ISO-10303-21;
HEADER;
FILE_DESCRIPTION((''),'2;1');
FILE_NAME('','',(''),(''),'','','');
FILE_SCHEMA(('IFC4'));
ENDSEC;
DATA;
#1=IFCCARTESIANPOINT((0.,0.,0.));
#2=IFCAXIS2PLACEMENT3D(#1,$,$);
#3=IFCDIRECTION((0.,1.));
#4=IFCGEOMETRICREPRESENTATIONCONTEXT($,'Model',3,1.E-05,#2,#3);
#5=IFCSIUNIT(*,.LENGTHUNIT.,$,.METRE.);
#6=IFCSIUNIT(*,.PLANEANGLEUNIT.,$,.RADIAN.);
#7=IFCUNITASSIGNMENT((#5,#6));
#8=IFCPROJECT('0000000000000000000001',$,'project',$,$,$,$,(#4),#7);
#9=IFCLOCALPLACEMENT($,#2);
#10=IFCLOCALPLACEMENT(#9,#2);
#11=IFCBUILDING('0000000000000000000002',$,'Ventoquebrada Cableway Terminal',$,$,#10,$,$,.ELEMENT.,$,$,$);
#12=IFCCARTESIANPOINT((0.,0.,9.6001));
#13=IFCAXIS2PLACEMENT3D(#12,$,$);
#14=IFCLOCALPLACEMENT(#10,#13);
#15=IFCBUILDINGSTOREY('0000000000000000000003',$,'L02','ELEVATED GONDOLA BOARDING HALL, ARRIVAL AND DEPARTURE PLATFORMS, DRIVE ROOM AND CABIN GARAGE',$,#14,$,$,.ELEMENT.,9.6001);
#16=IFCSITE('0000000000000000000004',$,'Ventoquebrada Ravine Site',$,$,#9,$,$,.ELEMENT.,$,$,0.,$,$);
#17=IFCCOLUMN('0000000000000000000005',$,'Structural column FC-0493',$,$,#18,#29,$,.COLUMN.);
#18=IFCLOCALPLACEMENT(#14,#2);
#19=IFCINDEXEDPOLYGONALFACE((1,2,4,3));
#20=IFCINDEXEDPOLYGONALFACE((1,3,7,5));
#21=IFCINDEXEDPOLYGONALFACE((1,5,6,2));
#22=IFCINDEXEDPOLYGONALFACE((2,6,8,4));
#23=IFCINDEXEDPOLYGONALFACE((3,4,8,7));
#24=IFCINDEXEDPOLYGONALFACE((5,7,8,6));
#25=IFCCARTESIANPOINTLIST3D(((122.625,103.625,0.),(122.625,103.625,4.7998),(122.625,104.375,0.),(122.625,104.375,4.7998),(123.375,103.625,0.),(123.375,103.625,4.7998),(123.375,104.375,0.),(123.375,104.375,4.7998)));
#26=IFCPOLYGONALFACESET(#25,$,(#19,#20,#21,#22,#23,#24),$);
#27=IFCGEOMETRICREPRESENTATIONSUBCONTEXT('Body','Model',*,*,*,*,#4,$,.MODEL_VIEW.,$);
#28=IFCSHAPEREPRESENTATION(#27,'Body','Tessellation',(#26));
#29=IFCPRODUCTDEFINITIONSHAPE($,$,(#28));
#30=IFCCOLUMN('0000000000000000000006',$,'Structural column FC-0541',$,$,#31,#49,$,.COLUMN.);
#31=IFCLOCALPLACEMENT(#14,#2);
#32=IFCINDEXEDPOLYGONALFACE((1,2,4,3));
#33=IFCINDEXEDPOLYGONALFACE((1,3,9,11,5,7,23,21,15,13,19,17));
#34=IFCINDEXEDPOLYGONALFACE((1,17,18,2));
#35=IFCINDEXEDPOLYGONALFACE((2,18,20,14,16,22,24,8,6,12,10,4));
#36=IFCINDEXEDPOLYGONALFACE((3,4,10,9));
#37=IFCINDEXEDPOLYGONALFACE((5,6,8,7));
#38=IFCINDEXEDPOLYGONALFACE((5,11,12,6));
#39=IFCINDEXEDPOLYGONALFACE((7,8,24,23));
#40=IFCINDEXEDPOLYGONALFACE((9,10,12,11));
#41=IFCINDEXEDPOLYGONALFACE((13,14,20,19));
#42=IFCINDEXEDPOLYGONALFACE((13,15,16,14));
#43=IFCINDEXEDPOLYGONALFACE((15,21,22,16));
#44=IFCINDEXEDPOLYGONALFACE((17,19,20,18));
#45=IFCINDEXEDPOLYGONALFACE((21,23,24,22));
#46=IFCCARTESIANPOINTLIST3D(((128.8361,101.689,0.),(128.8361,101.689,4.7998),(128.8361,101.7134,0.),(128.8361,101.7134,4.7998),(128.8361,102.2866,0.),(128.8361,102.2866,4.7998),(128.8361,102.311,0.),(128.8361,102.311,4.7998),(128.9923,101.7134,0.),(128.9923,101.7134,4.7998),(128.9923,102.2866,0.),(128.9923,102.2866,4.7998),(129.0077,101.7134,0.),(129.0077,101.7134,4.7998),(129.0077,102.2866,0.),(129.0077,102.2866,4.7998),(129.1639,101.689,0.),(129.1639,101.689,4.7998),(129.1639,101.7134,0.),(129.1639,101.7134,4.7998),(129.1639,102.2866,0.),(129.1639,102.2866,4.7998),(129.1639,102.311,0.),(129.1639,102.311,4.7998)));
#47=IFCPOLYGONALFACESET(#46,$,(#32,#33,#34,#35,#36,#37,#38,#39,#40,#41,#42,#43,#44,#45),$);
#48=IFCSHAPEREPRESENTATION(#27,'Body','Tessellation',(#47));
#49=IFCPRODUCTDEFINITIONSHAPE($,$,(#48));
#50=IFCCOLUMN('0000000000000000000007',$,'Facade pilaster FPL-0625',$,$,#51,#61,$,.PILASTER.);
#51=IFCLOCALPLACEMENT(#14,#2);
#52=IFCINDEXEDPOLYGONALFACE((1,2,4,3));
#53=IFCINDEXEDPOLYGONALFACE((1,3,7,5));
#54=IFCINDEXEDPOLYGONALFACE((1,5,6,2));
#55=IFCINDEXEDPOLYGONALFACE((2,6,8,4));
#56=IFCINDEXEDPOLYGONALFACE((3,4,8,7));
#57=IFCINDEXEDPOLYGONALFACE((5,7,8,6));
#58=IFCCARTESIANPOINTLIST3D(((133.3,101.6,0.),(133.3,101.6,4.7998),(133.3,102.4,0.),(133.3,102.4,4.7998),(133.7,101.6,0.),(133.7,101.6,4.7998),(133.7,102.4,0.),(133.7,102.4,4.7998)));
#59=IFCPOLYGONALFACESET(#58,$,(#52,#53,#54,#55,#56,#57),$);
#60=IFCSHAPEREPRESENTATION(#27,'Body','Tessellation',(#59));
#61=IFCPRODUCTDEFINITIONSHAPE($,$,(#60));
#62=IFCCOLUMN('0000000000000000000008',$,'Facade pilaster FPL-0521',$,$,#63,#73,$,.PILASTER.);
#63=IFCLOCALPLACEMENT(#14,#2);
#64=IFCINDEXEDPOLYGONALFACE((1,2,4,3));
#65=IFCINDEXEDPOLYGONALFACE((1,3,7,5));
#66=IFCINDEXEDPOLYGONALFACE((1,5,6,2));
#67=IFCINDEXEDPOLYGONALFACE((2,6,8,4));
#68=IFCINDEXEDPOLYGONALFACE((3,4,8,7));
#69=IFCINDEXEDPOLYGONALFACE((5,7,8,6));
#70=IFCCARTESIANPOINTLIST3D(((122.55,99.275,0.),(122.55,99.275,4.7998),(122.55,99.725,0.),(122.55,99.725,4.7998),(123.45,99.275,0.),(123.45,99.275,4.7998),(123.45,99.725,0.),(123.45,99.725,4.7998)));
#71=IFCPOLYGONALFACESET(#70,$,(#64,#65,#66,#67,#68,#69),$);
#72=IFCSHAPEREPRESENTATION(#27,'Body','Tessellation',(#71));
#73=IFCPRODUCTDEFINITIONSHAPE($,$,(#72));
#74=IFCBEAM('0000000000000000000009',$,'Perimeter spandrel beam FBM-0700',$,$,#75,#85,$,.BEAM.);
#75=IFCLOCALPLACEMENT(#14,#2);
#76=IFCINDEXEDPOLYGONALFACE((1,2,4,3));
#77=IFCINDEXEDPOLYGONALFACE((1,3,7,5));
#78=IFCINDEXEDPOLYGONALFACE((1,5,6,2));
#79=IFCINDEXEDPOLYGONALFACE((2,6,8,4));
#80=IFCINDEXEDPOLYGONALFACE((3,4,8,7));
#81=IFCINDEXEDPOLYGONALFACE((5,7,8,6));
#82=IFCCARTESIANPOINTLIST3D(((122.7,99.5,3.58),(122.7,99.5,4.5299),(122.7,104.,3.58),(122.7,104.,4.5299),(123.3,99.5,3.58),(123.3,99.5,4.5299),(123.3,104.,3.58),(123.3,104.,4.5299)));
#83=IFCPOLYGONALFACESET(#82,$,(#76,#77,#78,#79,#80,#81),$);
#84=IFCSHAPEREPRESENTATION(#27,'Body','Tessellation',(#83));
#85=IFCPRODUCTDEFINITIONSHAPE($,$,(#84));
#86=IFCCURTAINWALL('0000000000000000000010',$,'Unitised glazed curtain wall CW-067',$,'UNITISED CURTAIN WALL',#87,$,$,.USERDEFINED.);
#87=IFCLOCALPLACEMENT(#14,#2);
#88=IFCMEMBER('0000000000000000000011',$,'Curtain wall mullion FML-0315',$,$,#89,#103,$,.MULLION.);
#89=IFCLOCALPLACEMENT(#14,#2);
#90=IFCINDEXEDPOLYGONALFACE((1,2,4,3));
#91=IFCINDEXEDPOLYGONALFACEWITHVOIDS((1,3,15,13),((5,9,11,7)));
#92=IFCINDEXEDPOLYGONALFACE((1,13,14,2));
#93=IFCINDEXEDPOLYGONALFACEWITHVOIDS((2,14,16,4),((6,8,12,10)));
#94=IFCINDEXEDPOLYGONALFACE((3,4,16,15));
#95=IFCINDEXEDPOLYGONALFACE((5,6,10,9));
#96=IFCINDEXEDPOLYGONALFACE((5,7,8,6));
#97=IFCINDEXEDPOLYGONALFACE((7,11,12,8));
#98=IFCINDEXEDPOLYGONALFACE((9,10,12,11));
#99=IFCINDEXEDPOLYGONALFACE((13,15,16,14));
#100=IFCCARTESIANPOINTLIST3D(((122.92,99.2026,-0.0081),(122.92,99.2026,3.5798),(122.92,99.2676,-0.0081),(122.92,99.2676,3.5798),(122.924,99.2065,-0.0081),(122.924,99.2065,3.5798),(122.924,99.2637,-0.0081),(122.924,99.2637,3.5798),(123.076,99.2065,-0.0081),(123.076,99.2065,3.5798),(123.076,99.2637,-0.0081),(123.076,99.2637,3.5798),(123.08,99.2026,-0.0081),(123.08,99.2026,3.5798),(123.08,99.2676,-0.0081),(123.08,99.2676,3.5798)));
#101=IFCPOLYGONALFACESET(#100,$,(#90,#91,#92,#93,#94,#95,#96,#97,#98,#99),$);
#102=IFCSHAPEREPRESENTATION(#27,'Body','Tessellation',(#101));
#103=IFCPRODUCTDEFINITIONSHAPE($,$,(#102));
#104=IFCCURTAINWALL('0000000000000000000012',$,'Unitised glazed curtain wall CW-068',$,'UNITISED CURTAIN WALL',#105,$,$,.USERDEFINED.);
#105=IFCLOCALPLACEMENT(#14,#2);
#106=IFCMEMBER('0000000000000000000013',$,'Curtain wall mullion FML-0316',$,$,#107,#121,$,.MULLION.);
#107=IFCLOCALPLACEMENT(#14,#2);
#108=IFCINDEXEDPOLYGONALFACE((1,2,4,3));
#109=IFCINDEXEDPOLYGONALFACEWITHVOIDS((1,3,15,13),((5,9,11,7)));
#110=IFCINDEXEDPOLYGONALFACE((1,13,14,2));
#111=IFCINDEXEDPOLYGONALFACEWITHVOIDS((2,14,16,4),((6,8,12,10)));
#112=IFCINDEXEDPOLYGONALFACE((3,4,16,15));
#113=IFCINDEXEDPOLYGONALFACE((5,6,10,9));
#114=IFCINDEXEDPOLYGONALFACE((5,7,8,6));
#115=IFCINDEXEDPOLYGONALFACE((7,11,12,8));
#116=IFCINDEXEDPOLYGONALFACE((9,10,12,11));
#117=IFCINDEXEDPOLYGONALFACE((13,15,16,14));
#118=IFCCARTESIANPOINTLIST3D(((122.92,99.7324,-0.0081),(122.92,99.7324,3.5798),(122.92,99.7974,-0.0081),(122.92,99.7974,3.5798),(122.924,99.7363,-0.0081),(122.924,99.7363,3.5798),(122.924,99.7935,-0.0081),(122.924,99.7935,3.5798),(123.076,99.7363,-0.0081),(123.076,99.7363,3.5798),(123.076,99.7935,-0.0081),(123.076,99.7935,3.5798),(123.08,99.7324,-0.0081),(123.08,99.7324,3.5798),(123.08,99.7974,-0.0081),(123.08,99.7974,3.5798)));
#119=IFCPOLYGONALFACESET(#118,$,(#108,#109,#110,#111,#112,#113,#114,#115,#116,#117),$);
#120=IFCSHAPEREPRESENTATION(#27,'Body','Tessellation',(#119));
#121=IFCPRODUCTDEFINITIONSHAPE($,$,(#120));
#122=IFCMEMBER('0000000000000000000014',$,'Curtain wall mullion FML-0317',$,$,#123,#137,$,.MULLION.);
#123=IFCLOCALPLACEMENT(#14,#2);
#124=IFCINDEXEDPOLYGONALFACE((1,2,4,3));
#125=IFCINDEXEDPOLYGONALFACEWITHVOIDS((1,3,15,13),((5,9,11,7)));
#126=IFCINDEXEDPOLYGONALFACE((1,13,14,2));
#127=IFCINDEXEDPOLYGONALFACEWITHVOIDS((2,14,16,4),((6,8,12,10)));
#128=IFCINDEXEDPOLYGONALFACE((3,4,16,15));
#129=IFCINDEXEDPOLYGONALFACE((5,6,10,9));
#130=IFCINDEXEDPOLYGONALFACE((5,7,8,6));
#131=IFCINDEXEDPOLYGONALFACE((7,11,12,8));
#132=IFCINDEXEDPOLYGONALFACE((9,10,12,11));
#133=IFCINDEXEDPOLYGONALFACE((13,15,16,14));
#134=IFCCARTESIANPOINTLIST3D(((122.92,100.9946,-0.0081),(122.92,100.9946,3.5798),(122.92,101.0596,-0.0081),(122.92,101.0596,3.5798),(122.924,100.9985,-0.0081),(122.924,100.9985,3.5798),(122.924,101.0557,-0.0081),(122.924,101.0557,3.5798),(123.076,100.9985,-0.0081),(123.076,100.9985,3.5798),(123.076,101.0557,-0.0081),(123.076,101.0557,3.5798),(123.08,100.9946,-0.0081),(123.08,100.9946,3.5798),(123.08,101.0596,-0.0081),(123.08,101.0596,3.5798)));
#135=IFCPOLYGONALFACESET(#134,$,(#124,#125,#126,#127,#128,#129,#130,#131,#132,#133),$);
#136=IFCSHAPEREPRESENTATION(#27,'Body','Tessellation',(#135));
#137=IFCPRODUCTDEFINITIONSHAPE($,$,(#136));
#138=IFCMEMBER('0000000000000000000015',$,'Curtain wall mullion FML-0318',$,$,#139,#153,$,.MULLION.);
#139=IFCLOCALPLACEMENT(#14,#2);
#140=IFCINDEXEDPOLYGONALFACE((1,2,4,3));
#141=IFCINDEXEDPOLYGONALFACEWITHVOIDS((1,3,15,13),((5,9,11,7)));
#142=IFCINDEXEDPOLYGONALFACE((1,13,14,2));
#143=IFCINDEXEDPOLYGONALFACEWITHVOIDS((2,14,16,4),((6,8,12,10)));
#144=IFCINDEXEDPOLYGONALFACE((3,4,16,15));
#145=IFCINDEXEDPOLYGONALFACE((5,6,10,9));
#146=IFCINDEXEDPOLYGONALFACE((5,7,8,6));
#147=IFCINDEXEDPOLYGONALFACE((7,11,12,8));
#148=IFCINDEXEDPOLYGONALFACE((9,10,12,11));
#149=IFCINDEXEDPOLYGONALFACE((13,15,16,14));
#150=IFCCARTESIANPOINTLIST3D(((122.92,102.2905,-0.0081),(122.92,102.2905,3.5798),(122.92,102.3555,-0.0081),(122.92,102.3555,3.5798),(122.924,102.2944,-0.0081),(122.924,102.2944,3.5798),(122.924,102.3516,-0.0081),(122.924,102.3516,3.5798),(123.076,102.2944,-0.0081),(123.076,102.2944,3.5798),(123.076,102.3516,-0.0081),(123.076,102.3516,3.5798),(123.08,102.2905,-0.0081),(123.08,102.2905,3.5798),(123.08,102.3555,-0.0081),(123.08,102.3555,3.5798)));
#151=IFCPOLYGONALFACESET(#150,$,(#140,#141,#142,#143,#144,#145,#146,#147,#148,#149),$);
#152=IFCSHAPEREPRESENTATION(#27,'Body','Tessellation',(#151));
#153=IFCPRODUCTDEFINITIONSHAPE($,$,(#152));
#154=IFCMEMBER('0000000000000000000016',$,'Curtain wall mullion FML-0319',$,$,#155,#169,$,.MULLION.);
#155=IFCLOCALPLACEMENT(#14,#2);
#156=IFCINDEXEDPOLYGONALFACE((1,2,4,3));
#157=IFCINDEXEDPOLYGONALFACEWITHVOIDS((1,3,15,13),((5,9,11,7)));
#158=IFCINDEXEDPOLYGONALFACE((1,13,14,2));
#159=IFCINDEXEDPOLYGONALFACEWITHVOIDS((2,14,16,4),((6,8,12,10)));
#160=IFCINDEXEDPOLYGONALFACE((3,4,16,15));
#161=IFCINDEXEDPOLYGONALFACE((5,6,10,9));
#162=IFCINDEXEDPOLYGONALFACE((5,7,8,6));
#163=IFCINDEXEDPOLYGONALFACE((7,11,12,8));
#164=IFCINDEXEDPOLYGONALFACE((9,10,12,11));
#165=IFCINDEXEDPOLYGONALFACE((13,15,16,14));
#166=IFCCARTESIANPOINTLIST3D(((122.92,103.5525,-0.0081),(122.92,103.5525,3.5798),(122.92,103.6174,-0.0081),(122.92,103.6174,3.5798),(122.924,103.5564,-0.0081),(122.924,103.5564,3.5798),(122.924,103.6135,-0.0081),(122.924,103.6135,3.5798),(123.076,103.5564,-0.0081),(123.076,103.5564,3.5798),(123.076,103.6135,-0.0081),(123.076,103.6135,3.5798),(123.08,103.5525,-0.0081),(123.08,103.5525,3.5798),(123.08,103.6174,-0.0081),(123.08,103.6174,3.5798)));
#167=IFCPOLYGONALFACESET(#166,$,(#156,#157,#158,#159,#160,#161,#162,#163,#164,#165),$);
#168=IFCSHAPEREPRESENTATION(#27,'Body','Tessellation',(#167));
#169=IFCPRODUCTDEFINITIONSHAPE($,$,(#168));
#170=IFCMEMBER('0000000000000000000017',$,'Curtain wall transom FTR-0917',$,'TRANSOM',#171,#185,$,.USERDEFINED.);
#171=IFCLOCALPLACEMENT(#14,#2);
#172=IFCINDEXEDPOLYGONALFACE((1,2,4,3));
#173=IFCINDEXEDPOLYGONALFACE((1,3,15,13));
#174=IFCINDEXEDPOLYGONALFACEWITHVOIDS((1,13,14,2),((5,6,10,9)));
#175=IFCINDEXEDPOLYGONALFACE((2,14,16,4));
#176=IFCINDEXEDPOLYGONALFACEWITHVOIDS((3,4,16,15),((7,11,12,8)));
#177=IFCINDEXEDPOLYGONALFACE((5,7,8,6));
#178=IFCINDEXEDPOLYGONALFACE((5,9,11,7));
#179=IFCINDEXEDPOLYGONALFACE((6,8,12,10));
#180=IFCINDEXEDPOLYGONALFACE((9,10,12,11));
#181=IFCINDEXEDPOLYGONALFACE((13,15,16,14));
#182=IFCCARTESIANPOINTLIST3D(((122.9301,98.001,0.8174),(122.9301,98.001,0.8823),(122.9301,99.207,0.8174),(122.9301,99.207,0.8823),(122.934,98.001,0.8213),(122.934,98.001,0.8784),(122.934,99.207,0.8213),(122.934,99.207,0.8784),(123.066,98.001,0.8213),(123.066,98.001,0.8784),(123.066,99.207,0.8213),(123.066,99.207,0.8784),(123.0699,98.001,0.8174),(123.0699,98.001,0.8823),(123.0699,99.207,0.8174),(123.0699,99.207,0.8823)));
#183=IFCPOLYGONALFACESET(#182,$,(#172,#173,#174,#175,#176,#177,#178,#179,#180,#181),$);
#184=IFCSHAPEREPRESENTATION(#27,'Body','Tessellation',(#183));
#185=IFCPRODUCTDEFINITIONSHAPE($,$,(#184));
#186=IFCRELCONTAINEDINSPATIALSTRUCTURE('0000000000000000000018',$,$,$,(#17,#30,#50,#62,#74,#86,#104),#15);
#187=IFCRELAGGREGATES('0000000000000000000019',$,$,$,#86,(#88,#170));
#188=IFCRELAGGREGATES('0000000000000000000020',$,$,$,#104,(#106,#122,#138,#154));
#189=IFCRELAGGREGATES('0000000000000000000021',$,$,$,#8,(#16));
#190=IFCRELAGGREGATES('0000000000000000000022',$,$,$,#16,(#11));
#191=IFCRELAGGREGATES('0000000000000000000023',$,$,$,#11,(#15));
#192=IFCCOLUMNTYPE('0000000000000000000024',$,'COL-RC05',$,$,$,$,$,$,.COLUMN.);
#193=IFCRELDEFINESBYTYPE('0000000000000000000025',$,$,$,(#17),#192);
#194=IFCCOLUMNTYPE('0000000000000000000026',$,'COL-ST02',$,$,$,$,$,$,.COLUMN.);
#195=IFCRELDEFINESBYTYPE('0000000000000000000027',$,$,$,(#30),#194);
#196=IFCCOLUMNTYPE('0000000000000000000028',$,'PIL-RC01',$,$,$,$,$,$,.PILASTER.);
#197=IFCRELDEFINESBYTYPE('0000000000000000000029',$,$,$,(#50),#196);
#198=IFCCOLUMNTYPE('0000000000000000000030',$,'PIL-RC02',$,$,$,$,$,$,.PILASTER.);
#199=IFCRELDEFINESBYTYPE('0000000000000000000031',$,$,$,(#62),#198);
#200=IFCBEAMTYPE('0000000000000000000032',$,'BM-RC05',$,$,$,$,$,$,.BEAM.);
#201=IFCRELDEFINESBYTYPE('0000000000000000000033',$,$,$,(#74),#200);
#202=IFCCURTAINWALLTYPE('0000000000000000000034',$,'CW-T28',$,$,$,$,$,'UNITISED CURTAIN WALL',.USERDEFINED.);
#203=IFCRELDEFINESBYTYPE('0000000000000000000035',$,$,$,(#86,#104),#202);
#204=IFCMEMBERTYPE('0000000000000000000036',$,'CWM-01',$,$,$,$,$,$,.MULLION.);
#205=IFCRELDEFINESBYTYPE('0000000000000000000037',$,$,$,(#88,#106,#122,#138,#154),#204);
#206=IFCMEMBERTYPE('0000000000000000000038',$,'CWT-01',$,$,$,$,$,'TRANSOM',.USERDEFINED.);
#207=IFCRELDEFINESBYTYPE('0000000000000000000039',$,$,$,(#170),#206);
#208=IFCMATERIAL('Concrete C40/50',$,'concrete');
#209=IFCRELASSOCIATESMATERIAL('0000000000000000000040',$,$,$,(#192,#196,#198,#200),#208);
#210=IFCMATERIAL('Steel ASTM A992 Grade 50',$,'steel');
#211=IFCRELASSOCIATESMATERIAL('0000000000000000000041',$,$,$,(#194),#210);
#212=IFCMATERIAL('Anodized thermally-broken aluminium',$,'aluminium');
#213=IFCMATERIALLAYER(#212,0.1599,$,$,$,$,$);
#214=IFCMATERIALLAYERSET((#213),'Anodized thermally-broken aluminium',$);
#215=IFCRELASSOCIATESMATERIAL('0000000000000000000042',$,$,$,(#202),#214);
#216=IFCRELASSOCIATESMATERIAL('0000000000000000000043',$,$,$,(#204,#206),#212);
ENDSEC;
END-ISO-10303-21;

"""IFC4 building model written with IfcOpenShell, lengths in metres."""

from ifc_helpers import new_model, si_unit, direction, frame, origin, origin_2d, place, context, subcontext, project, spatial, rectangle, hollow_rectangle, i_section, extrude, material, layer, layer_set, material_profile, profile_set, type_object, element, aggregate, save


model = new_model("IFC4")

# Units and contexts
model_context = context("Model", 3, precision=1e-05, world=origin(), true_north=direction((0.0, 1.0)))
body_context = subcontext(model_context, "Body", "Model", "MODEL_VIEW")
ifc_project = project(units=[si_unit("LENGTHUNIT", "METRE"), si_unit("PLANEANGLEUNIT", "RADIAN")], contexts=[model_context])

# Site, building, storey
site_placement = place(None, origin())
site = spatial("IfcSite", under=ifc_project, at=site_placement, Name="Ventoquebrada Ravine Site", CompositionType="ELEMENT", RefElevation=0.0)
building_placement = place(site_placement, origin())
building = spatial("IfcBuilding", under=site, at=building_placement, Name="Ventoquebrada Cableway Terminal", CompositionType="ELEMENT")
storey_placement = place(building_placement, frame((0.0, 0.0, 9.6001)))
storey = spatial("IfcBuildingStorey", under=building, at=storey_placement, Name="L02", Description="ELEVATED GONDOLA BOARDING HALL, ARRIVAL AND DEPARTURE PLATFORMS, DRIVE ROOM AND CABIN GARAGE", CompositionType="ELEMENT", Elevation=9.6001)

# Columns
ifc_material_1 = material(Name="Concrete C40/50", Category="concrete")
ifc_material_profile_1 = material_profile(ifc_material_1, rectangle(XDim=0.75, YDim=0.75, at=origin_2d()), Name="RC-COL-750X750")
ifc_profile_set_1 = profile_set([ifc_material_profile_1], Name="Concrete C40/50")
column_type_1 = type_object("IfcColumnType", Name="COL-RC05", PredefinedType="COLUMN", material=ifc_profile_set_1)
column_1_placement = place(storey_placement, frame((123.0, 104.0, 0.0), z_axis=(0.0, 0.0, 1.0), x_axis=(1.0, 0.0, 0.0)))
element("IfcColumn", 1, at=column_1_placement, inside=storey, type_object=column_type_1, Name="Structural column FC-0493", PredefinedType="COLUMN", context=body_context, shape_type="SweptSolid", body=[
    extrude(rectangle(XDim=0.75, YDim=0.75, at=origin_2d()), origin(), (0.0, 0.0, 1.0), 4.7998),
])
ifc_material_2 = material(Name="Steel ASTM A992 Grade 50", Category="steel")
ifc_material_profile_2 = material_profile(ifc_material_2, i_section(OverallWidth=0.3279, OverallDepth=0.6221, WebThickness=0.0154, FlangeThickness=0.0244, at=origin_2d()), Name="W24X131")
ifc_profile_set_2 = profile_set([ifc_material_profile_2], Name="Steel ASTM A992 Grade 50")
column_type_2 = type_object("IfcColumnType", Name="COL-ST02", PredefinedType="COLUMN", material=ifc_profile_set_2)
column_2_placement = place(storey_placement, frame((129.0, 102.0, 0.0), z_axis=(0.0, 0.0, 1.0), x_axis=(1.0, 0.0, 0.0)))
element("IfcColumn", 2, at=column_2_placement, inside=storey, type_object=column_type_2, Name="Structural column FC-0541", PredefinedType="COLUMN", context=body_context, shape_type="SweptSolid", body=[
    extrude(i_section(OverallWidth=0.3279, OverallDepth=0.6221, WebThickness=0.0154, FlangeThickness=0.0244, at=origin_2d()), origin(), (0.0, 0.0, 1.0), 4.7998),
])
ifc_material_profile_3 = material_profile(ifc_material_1, rectangle(XDim=0.3999, YDim=0.8, at=origin_2d()), Name="RC-PIL-400X800")
ifc_profile_set_3 = profile_set([ifc_material_profile_3], Name="Concrete C40/50")
column_type_3 = type_object("IfcColumnType", Name="PIL-RC01", PredefinedType="PILASTER", material=ifc_profile_set_3)
column_3_placement = place(storey_placement, frame((133.5, 102.0, 0.0), z_axis=(0.0, 0.0, 1.0), x_axis=(1.0, 0.0, 0.0)))
element("IfcColumn", 3, at=column_3_placement, inside=storey, type_object=column_type_3, Name="Facade pilaster FPL-0625", PredefinedType="PILASTER", context=body_context, shape_type="SweptSolid", body=[
    extrude(rectangle(XDim=0.3999, YDim=0.8, at=origin_2d()), origin(), (0.0, 0.0, 1.0), 4.7998),
])
ifc_material_profile_4 = material_profile(ifc_material_1, rectangle(XDim=0.45, YDim=0.8999, at=origin_2d()), Name="RC-PIL-450X900")
ifc_profile_set_4 = profile_set([ifc_material_profile_4], Name="Concrete C40/50")
column_type_4 = type_object("IfcColumnType", Name="PIL-RC02", PredefinedType="PILASTER", material=ifc_profile_set_4)
column_4_placement = place(storey_placement, frame((123.0, 99.5, 0.0), z_axis=(0.0, 0.0, 1.0), x_axis=(0.0, 1.0, 0.0)))
element("IfcColumn", 4, at=column_4_placement, inside=storey, type_object=column_type_4, Name="Facade pilaster FPL-0521", PredefinedType="PILASTER", context=body_context, shape_type="SweptSolid", body=[
    extrude(rectangle(XDim=0.45, YDim=0.8999, at=origin_2d()), origin(), (0.0, 0.0, 1.0), 4.7998),
])

# Beam
ifc_material_profile_5 = material_profile(ifc_material_1, rectangle(XDim=0.6001, YDim=0.95, at=origin_2d()), Name="RC-BM-600X950")
ifc_profile_set_5 = profile_set([ifc_material_profile_5], Name="Concrete C40/50")
beam_type_1 = type_object("IfcBeamType", Name="BM-RC05", PredefinedType="BEAM", material=ifc_profile_set_5)
beam_placement = place(storey_placement, frame((123.0, 99.5, 4.0549), z_axis=(0.0, 1.0, 0.0), x_axis=(-1.0, 0.0, 0.0)))
element("IfcBeam", 5, at=beam_placement, inside=storey, type_object=beam_type_1, Name="Perimeter spandrel beam FBM-0700", PredefinedType="BEAM", context=body_context, shape_type="SweptSolid", body=[
    extrude(rectangle(XDim=0.6001, YDim=0.95, at=origin_2d()), origin(), (0.0, 0.0, 1.0), 4.5),
])

# Curtain wall, member
ifc_material_3 = material(Name="Anodized thermally-broken aluminium", Category="aluminium")
ifc_layer_1 = layer(ifc_material_3, 0.1599)
ifc_layer_set_1 = layer_set([ifc_layer_1], Name="Anodized thermally-broken aluminium")
curtain_wall_type = type_object("IfcCurtainWallType", Name="CW-T28", ElementType="UNITISED CURTAIN WALL", PredefinedType="USERDEFINED", material=ifc_layer_set_1)
curtain_wall_1_placement = place(storey_placement, origin())
curtain_wall_1 = element("IfcCurtainWall", 6, at=curtain_wall_1_placement, inside=storey, type_object=curtain_wall_type, Name="Unitised glazed curtain wall CW-067", ObjectType="UNITISED CURTAIN WALL", PredefinedType="USERDEFINED")
ifc_material_profile_6 = material_profile(ifc_material_3, hollow_rectangle(XDim=0.0649, YDim=0.1599, WallThickness=0.0039, at=origin_2d()), Name="CW-MUL-65X160")
ifc_profile_set_6 = profile_set([ifc_material_profile_6], Name="Anodized thermally-broken aluminium")
member_type_1 = type_object("IfcMemberType", Name="CWM-01", PredefinedType="MULLION", material=ifc_profile_set_6)
member_1_placement = place(storey_placement, frame((123.0, 99.2351, -0.0081), z_axis=(0.0, 0.0, 1.0), x_axis=(0.0, 1.0, 0.0)))
member_1 = element("IfcMember", 7, at=member_1_placement, type_object=member_type_1, Name="Curtain wall mullion FML-0315", PredefinedType="MULLION", context=body_context, shape_type="SweptSolid", body=[
    extrude(hollow_rectangle(XDim=0.0649, YDim=0.1599, WallThickness=0.0039, at=origin_2d()), origin(), (0.0, 0.0, 1.0), 3.5879),
])

# Curtain wall, members
curtain_wall_2_placement = place(storey_placement, origin())
curtain_wall_2 = element("IfcCurtainWall", 8, at=curtain_wall_2_placement, inside=storey, type_object=curtain_wall_type, Name="Unitised glazed curtain wall CW-068", ObjectType="UNITISED CURTAIN WALL", PredefinedType="USERDEFINED")
member_2_placement = place(storey_placement, frame((123.0, 99.7649, -0.0081), z_axis=(0.0, 0.0, 1.0), x_axis=(0.0, 1.0, 0.0)))
member_2 = element("IfcMember", 9, at=member_2_placement, type_object=member_type_1, Name="Curtain wall mullion FML-0316", PredefinedType="MULLION", context=body_context, shape_type="SweptSolid", body=[
    extrude(hollow_rectangle(XDim=0.0649, YDim=0.1599, WallThickness=0.0039, at=origin_2d()), origin(), (0.0, 0.0, 1.0), 3.5879),
])
member_3_placement = place(storey_placement, frame((123.0, 101.0271, -0.0081), z_axis=(0.0, 0.0, 1.0), x_axis=(0.0, 1.0, 0.0)))
member_3 = element("IfcMember", 10, at=member_3_placement, type_object=member_type_1, Name="Curtain wall mullion FML-0317", PredefinedType="MULLION", context=body_context, shape_type="SweptSolid", body=[
    extrude(hollow_rectangle(XDim=0.0649, YDim=0.1599, WallThickness=0.0039, at=origin_2d()), origin(), (0.0, 0.0, 1.0), 3.5879),
])
member_4_placement = place(storey_placement, frame((123.0, 102.323, -0.0081), z_axis=(0.0, 0.0, 1.0), x_axis=(0.0, 1.0, 0.0)))
member_4 = element("IfcMember", 11, at=member_4_placement, type_object=member_type_1, Name="Curtain wall mullion FML-0318", PredefinedType="MULLION", context=body_context, shape_type="SweptSolid", body=[
    extrude(hollow_rectangle(XDim=0.0649, YDim=0.1599, WallThickness=0.0039, at=origin_2d()), origin(), (0.0, 0.0, 1.0), 3.5879),
])
member_5_placement = place(storey_placement, frame((123.0, 103.585, -0.0081), z_axis=(0.0, 0.0, 1.0), x_axis=(0.0, 1.0, 0.0)))
member_5 = element("IfcMember", 12, at=member_5_placement, type_object=member_type_1, Name="Curtain wall mullion FML-0319", PredefinedType="MULLION", context=body_context, shape_type="SweptSolid", body=[
    extrude(hollow_rectangle(XDim=0.0649, YDim=0.1599, WallThickness=0.0039, at=origin_2d()), origin(), (0.0, 0.0, 1.0), 3.5879),
])

# Member
ifc_material_profile_7 = material_profile(ifc_material_3, hollow_rectangle(XDim=0.0649, YDim=0.1399, WallThickness=0.0039, at=origin_2d()), Name="CW-TRN-65X140")
ifc_profile_set_7 = profile_set([ifc_material_profile_7], Name="Anodized thermally-broken aluminium")
member_type_2 = type_object("IfcMemberType", Name="CWT-01", ElementType="TRANSOM", PredefinedType="USERDEFINED", material=ifc_profile_set_7)
member_6_placement = place(storey_placement, frame((123.0, 98.001, 0.8499), z_axis=(0.0, 1.0, 0.0), x_axis=(0.0, 0.0, 1.0)))
member_6 = element("IfcMember", 13, at=member_6_placement, type_object=member_type_2, Name="Curtain wall transom FTR-0917", ObjectType="TRANSOM", PredefinedType="USERDEFINED", context=body_context, shape_type="SweptSolid", body=[
    extrude(hollow_rectangle(XDim=0.0649, YDim=0.1399, WallThickness=0.0039, at=origin_2d()), origin(), (0.0, 0.0, 1.0), 1.2061),
])

aggregate(curtain_wall_1, [member_1, member_6])
aggregate(curtain_wall_2, [member_2, member_3, member_4, member_5])

save(model, "model.ifc")
